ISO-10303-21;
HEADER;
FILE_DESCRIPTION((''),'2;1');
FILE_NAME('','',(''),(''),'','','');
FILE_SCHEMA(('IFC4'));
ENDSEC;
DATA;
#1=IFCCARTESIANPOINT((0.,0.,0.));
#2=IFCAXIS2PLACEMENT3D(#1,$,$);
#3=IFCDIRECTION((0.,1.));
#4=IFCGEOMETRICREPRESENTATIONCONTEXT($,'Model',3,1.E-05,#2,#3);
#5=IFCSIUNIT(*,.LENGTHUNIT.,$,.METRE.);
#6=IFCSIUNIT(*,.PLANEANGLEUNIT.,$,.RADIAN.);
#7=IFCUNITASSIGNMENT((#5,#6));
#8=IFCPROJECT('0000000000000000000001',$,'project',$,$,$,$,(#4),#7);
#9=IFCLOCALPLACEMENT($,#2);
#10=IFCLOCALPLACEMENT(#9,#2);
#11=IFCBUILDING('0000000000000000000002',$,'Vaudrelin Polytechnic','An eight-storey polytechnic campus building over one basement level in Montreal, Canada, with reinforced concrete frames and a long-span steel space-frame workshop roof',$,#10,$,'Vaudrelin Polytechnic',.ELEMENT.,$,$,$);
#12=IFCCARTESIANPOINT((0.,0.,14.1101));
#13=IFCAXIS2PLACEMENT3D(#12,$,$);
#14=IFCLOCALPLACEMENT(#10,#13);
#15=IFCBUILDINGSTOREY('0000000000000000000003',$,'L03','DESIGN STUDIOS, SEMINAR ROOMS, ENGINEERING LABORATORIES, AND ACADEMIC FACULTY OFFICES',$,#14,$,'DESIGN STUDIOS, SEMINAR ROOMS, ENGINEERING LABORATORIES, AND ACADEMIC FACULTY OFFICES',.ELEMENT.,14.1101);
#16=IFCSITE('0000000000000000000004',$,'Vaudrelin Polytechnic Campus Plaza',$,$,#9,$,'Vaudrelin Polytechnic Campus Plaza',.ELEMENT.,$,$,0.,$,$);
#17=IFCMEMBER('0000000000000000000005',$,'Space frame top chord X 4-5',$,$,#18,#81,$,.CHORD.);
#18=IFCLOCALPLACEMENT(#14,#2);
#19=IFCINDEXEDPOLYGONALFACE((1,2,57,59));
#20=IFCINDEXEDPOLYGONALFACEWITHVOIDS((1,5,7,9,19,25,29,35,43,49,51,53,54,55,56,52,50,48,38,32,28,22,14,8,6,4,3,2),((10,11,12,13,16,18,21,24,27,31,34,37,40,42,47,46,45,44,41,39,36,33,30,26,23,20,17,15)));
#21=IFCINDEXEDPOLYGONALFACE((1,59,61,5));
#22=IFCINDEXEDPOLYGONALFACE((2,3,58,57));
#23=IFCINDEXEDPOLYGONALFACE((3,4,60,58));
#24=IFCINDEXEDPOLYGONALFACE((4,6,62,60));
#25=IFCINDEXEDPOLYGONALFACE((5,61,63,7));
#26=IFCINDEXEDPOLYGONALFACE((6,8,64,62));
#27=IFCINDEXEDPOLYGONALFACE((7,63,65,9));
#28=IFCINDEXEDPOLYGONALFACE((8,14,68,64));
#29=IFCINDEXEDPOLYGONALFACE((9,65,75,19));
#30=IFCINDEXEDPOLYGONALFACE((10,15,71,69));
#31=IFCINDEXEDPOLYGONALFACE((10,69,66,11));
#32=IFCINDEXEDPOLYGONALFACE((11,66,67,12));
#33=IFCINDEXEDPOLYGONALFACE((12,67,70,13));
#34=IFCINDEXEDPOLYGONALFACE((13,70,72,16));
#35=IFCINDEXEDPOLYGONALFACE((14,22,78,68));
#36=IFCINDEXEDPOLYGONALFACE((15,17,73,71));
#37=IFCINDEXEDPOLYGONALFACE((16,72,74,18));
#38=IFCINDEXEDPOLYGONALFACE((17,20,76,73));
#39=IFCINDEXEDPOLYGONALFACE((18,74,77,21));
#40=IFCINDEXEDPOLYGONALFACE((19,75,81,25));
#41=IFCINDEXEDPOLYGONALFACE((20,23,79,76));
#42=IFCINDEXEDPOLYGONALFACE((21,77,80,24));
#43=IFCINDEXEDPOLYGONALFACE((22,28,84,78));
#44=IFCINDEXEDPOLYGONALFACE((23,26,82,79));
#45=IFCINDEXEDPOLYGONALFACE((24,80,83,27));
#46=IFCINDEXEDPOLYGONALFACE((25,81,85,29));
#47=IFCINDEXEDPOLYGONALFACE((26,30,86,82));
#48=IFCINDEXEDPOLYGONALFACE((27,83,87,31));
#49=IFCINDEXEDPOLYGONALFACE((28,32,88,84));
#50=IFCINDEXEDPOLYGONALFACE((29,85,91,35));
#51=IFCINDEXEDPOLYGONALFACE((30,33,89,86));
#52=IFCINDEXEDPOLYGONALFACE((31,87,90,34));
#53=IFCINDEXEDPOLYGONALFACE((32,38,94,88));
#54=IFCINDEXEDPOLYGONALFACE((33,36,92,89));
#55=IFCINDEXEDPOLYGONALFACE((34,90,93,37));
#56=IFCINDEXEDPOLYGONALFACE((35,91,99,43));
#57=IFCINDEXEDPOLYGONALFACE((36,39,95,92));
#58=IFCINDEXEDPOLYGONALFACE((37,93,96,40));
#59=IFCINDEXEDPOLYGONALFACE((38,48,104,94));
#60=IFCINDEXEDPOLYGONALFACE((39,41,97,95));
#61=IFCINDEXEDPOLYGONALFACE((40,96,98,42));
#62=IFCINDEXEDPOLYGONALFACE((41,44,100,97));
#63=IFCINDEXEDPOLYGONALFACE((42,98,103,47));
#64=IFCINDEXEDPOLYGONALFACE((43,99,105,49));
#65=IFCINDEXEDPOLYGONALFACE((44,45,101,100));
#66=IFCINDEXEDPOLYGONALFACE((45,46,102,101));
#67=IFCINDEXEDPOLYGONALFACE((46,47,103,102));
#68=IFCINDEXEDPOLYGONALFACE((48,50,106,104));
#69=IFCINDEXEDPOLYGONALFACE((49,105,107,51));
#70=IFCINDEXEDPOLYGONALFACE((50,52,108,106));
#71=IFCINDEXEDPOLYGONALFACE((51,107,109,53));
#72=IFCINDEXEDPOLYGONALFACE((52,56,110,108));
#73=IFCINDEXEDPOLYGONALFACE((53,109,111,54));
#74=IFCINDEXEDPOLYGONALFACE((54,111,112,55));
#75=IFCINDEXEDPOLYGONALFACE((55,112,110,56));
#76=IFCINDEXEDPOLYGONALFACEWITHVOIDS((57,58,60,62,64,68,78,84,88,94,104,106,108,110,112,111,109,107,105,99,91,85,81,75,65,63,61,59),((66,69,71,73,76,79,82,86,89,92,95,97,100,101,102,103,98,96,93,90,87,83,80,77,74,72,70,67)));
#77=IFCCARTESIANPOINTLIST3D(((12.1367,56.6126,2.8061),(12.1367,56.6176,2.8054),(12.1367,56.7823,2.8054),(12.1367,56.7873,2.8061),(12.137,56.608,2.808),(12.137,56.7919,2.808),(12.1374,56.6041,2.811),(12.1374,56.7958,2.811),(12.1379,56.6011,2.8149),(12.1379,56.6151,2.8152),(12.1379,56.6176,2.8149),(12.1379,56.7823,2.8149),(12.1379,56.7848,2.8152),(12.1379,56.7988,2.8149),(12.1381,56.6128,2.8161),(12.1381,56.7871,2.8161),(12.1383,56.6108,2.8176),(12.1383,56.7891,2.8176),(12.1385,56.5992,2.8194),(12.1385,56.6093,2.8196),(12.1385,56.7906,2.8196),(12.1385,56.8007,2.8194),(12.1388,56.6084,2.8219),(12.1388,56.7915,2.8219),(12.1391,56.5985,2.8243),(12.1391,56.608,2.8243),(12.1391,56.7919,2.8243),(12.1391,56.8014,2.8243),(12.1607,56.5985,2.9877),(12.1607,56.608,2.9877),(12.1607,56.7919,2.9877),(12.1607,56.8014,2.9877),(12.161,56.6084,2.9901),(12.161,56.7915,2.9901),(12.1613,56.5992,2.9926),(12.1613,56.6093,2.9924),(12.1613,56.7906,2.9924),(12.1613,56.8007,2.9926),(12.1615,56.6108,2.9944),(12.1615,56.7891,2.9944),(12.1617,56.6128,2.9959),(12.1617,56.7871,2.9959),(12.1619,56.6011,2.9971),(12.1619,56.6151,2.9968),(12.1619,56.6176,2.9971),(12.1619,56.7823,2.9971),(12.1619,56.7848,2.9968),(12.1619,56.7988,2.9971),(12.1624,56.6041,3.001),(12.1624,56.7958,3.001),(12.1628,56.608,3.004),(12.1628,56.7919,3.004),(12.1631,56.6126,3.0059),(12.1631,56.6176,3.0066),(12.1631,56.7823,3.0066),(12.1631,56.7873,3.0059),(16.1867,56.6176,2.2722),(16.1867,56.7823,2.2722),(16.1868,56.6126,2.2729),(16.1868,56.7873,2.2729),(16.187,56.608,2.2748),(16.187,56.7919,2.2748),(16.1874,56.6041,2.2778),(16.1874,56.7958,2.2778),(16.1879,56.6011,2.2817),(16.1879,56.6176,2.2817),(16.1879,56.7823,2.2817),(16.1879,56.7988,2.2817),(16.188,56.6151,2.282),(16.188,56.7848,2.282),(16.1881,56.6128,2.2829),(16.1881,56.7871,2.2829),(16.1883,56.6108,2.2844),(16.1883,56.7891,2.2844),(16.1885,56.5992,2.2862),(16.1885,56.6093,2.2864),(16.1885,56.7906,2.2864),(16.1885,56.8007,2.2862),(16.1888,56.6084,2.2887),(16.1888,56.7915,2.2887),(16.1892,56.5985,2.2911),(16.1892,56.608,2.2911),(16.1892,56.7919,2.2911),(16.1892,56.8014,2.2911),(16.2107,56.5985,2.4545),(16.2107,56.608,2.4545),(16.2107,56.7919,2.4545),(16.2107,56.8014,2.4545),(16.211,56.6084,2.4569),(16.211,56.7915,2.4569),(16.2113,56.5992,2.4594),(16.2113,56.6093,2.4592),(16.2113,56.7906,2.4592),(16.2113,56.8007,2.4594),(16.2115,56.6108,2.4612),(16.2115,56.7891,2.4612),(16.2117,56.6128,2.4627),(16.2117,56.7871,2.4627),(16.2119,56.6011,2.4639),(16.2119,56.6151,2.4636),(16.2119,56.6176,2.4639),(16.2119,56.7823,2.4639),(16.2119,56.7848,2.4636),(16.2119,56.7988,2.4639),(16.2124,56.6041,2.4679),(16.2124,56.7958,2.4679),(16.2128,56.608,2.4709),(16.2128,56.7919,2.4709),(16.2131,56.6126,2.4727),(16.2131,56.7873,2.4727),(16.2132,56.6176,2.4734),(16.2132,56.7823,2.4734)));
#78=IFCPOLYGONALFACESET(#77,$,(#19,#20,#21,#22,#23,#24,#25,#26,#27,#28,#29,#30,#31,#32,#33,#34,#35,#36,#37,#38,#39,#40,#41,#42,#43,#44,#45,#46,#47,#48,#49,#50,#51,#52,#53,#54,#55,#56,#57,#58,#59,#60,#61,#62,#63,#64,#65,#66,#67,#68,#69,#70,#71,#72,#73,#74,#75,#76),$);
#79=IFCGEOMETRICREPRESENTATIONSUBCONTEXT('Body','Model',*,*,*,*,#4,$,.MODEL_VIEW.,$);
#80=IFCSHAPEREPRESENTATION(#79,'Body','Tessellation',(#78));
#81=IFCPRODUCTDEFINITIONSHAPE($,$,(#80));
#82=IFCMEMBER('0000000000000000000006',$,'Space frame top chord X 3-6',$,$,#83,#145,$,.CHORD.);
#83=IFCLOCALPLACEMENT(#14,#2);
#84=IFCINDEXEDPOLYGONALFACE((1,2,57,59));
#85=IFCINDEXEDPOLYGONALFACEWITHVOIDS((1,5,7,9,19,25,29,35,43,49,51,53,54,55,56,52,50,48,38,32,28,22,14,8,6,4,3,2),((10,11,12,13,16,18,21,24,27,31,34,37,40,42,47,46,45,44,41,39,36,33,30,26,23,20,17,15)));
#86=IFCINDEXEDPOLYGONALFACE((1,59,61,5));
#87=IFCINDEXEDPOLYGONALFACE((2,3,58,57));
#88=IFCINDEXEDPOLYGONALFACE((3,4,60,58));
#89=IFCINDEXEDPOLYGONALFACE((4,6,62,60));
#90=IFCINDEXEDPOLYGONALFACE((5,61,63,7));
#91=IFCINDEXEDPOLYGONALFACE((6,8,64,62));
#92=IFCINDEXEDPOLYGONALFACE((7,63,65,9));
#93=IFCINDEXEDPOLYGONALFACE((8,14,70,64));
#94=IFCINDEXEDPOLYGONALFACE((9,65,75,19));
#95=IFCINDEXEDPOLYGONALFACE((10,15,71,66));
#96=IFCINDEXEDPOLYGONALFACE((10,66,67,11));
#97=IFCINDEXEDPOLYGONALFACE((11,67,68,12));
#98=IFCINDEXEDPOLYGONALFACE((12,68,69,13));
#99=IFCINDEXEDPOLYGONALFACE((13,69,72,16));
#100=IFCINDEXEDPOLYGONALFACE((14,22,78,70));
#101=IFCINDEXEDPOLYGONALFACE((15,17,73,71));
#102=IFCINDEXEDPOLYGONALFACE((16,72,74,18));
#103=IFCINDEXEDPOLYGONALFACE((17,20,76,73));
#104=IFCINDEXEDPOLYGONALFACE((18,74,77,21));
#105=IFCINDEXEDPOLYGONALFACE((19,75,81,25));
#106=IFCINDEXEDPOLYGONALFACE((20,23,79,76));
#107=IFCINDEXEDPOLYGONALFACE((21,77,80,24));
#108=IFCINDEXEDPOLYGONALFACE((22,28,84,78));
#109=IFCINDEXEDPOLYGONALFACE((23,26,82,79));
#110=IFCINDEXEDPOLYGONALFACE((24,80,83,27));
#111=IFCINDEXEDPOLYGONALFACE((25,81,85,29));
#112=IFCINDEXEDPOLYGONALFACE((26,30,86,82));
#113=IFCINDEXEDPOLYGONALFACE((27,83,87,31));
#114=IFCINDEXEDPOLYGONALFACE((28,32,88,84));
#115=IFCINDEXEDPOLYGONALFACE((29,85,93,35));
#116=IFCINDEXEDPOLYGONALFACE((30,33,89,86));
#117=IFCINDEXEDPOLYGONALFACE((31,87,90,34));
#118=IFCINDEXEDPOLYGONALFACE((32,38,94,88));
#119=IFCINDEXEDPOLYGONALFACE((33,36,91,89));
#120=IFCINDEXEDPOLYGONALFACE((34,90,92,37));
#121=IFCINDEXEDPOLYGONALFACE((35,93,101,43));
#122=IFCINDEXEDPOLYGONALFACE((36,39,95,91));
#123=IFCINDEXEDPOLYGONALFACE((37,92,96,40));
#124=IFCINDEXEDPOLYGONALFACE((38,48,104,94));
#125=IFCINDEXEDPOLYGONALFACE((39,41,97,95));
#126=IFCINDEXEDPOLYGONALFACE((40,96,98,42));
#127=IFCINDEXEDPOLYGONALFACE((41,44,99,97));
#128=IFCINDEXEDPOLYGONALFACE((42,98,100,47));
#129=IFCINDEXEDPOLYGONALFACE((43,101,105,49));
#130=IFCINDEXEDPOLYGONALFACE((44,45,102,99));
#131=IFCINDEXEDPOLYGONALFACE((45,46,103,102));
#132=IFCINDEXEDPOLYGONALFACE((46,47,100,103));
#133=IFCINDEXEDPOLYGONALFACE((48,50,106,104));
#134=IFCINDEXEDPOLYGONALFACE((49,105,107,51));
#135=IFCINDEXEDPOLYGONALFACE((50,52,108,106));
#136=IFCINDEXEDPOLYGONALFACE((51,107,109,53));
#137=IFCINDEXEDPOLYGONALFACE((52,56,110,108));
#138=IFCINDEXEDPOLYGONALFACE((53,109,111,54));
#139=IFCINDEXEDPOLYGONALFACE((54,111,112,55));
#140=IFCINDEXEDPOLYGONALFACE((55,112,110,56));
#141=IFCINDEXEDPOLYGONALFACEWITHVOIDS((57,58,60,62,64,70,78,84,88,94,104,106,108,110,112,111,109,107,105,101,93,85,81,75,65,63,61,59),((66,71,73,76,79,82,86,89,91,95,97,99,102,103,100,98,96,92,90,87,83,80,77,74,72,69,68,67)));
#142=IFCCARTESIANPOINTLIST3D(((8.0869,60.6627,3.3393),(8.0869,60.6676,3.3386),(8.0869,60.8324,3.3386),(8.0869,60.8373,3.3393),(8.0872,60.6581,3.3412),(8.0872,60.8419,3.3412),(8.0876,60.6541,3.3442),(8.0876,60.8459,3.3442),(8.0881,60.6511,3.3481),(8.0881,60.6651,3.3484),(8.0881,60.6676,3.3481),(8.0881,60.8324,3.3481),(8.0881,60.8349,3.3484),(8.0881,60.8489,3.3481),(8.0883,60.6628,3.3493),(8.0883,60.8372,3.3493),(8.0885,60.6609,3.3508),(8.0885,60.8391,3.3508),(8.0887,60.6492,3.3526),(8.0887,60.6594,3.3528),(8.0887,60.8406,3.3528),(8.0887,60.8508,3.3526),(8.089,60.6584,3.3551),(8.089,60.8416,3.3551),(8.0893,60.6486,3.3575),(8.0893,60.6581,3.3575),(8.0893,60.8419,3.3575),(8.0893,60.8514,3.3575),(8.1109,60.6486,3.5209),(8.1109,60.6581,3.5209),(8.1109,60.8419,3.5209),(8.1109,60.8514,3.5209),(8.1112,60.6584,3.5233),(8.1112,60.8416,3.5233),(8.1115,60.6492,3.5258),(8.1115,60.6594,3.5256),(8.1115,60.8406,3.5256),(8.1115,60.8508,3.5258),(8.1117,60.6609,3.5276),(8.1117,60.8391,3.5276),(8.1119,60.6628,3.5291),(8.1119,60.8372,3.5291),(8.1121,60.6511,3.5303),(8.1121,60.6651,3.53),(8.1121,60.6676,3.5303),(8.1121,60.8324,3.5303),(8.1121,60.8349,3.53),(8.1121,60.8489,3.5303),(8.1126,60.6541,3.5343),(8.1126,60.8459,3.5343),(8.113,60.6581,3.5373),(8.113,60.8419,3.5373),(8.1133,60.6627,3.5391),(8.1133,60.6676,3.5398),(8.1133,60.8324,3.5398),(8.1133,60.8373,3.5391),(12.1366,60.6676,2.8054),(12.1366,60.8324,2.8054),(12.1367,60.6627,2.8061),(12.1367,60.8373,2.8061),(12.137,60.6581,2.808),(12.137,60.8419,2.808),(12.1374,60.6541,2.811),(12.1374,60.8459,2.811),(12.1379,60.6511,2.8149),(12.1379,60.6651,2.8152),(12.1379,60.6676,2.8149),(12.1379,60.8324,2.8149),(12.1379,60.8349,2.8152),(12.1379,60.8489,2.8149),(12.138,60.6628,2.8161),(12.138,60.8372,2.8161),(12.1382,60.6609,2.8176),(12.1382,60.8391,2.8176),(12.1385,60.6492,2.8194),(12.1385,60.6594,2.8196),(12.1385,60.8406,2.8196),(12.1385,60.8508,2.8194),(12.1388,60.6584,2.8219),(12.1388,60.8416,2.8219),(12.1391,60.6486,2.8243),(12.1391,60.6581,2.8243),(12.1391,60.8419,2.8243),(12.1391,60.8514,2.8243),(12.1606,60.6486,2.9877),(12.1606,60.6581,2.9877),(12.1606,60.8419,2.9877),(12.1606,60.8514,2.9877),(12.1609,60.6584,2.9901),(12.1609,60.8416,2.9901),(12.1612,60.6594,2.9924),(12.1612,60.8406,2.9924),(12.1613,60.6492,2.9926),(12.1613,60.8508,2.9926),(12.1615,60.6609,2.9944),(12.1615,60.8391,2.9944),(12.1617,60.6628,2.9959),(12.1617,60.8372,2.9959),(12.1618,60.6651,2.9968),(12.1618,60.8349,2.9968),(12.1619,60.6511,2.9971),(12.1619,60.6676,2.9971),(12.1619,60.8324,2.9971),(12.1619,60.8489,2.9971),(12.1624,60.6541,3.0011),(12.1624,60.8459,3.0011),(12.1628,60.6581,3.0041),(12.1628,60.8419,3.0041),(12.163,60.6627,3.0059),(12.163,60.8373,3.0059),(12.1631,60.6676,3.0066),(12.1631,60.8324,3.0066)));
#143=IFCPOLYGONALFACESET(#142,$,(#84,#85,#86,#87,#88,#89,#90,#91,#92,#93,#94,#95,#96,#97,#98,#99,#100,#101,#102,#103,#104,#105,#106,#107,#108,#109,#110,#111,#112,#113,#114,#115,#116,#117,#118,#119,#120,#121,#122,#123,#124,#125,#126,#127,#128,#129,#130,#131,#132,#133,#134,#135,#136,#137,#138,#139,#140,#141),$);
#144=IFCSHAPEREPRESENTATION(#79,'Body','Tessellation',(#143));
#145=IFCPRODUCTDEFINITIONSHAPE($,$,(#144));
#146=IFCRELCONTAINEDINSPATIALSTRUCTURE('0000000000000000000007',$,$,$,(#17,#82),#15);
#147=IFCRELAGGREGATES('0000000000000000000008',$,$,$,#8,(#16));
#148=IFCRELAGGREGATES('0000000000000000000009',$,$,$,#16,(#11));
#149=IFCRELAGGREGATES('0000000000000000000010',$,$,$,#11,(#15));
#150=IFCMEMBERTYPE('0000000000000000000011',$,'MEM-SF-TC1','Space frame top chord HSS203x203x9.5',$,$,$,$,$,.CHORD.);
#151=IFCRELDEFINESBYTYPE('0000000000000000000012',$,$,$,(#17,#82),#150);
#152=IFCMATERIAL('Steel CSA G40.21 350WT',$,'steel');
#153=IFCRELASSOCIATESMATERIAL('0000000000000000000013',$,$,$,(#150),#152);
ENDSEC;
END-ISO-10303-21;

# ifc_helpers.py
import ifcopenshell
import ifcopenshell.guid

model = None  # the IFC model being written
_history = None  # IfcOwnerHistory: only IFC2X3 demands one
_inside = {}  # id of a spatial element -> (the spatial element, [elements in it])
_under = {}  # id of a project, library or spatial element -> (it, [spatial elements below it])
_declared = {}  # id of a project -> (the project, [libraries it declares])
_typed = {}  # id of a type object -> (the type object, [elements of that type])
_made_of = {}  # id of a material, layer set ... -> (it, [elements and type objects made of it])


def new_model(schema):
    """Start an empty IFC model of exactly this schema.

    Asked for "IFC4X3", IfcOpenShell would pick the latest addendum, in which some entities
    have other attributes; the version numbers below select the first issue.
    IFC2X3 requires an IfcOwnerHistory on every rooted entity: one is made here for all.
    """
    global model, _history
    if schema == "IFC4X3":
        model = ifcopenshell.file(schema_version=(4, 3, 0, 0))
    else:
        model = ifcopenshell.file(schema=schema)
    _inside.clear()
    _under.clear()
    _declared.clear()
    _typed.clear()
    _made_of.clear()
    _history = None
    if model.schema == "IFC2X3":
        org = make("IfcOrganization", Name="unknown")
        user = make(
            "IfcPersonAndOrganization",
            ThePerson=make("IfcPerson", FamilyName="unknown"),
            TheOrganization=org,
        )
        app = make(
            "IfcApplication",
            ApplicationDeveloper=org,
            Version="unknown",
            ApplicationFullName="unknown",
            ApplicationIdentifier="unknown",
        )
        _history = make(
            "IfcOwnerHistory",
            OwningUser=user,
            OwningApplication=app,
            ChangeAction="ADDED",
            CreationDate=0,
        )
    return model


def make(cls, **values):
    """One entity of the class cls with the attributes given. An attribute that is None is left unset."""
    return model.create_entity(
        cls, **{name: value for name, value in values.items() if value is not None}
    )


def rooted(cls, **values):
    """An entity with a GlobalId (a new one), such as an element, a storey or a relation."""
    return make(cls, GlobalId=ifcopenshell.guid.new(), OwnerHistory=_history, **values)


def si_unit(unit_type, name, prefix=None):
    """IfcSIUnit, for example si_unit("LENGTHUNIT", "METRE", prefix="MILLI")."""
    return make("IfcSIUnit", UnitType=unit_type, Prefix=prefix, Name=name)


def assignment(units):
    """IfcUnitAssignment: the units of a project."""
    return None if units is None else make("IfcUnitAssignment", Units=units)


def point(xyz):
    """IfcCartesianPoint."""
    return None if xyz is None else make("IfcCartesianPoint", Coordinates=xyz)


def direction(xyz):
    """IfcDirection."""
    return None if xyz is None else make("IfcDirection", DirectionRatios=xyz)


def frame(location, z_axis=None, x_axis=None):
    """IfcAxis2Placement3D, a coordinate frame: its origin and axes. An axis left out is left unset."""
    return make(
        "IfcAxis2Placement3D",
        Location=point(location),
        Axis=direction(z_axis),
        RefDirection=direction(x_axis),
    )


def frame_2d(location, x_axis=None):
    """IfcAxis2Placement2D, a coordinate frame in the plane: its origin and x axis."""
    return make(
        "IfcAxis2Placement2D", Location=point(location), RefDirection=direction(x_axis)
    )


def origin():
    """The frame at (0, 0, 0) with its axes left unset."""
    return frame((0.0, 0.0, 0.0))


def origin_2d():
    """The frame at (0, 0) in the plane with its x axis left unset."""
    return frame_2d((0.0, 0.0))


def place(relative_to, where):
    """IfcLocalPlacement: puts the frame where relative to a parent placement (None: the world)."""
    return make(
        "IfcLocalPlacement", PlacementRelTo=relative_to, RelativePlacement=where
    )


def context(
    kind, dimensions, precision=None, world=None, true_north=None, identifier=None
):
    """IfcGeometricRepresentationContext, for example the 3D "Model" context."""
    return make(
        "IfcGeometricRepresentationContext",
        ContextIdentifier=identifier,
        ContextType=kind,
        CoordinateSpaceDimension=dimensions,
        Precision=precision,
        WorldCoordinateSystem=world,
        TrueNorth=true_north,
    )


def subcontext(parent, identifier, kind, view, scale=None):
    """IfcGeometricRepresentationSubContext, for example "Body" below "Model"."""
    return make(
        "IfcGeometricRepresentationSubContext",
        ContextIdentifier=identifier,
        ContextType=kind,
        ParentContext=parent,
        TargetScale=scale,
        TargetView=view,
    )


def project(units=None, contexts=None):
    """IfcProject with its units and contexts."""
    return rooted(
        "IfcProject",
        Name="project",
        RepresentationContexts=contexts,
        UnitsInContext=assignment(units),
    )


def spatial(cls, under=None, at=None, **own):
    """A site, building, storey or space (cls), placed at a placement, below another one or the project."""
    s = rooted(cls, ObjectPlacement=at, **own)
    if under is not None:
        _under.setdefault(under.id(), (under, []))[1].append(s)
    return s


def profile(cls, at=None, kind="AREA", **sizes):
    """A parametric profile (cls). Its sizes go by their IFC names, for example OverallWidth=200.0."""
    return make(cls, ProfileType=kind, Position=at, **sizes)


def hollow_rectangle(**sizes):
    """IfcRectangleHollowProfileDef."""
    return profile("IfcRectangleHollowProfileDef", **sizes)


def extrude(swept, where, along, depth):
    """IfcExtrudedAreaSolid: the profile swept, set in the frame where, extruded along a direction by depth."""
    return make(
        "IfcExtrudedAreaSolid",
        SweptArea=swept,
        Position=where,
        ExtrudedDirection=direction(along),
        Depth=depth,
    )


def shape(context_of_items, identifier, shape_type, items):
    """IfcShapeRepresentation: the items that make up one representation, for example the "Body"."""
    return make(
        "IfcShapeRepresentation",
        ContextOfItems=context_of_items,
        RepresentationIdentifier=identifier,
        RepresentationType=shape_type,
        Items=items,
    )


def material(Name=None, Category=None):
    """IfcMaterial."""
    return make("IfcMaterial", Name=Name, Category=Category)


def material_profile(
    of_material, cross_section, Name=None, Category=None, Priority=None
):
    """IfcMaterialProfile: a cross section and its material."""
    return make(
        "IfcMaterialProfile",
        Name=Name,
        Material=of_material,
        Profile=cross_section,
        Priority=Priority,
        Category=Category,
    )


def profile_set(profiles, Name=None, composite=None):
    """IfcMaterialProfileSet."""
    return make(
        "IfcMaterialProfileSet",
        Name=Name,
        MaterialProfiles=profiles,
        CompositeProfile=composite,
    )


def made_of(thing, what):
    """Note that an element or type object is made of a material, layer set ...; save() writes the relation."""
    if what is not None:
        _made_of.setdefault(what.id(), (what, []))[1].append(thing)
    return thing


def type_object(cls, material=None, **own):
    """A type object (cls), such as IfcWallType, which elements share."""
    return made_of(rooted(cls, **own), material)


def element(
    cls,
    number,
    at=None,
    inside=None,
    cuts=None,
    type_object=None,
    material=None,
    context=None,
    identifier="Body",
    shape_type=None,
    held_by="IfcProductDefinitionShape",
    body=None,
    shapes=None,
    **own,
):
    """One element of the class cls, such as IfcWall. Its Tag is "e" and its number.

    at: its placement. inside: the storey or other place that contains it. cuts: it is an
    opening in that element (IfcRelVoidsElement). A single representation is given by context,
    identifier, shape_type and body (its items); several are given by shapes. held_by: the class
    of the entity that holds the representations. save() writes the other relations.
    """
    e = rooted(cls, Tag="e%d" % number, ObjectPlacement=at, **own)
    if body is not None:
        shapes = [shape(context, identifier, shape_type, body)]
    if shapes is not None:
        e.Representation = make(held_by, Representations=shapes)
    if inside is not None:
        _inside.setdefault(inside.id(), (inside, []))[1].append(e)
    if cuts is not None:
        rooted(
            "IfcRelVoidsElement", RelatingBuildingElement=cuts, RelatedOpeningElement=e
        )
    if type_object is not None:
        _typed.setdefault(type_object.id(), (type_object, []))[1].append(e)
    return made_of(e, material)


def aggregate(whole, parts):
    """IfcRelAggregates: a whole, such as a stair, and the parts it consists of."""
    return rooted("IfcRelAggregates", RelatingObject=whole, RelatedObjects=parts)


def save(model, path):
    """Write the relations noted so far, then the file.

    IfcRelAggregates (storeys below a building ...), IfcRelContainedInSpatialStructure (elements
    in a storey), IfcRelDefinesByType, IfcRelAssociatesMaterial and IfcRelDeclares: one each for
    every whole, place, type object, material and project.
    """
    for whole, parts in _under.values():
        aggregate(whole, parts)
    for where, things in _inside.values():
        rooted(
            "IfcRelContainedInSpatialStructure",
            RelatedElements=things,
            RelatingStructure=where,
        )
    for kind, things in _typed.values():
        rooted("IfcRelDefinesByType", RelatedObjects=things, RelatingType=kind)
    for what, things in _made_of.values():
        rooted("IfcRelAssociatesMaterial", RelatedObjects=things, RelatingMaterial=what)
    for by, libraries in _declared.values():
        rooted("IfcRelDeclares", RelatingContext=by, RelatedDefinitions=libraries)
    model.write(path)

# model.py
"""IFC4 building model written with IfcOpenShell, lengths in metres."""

from ifc_helpers import new_model, si_unit, direction, frame, origin, origin_2d, place, context, subcontext, project, spatial, hollow_rectangle, extrude, material, material_profile, profile_set, type_object, element, save


model = new_model("IFC4")

# Units and contexts
model_context = context("Model", 3, precision=1e-05, world=origin(), true_north=direction((0.0, 1.0)))
body_context = subcontext(model_context, "Body", "Model", "MODEL_VIEW")
ifc_project = project(units=[si_unit("LENGTHUNIT", "METRE"), si_unit("PLANEANGLEUNIT", "RADIAN")], contexts=[model_context])

# Site, building, storey
site_placement = place(None, origin())
site = spatial("IfcSite", under=ifc_project, at=site_placement, Name="Vaudrelin Polytechnic Campus Plaza", LongName="Vaudrelin Polytechnic Campus Plaza", CompositionType="ELEMENT", RefElevation=0.0)
building_placement = place(site_placement, origin())
building = spatial("IfcBuilding", under=site, at=building_placement, Name="Vaudrelin Polytechnic", Description="An eight-storey polytechnic campus building over one basement level in Montreal, Canada, with reinforced concrete frames and a long-span steel space-frame workshop roof", LongName="Vaudrelin Polytechnic", CompositionType="ELEMENT")
storey_placement = place(building_placement, frame((0.0, 0.0, 14.1101)))
storey = spatial("IfcBuildingStorey", under=building, at=storey_placement, Name="L03", Description="DESIGN STUDIOS, SEMINAR ROOMS, ENGINEERING LABORATORIES, AND ACADEMIC FACULTY OFFICES", LongName="DESIGN STUDIOS, SEMINAR ROOMS, ENGINEERING LABORATORIES, AND ACADEMIC FACULTY OFFICES", CompositionType="ELEMENT", Elevation=14.1101)

# Members
ifc_material = material(Name="Steel CSA G40.21 350WT", Category="steel")
ifc_material_profile_1 = material_profile(ifc_material, hollow_rectangle(XDim=0.2029, YDim=0.2029, WallThickness=0.0095, InnerFilletRadius=0.0095, OuterFilletRadius=0.019, at=origin_2d()), Name="HSS203x203x9.5")
ifc_profile_set_1 = profile_set([ifc_material_profile_1], Name="Steel CSA G40.21 350WT")
member_type_1 = type_object("IfcMemberType", Name="MEM-SF-TC1", Description="Space frame top chord HSS203x203x9.5", PredefinedType="CHORD", material=ifc_profile_set_1)
member_1_placement = place(storey_placement, frame((12.1499, 56.7, 2.906), z_axis=(0.991445, 0.0, -0.130527), x_axis=(0.0, 1.0, 0.0)))
element("IfcMember", 1, at=member_1_placement, inside=storey, type_object=member_type_1, Name="Space frame top chord X 4-5", PredefinedType="CHORD", context=body_context, shape_type="SweptSolid", body=[
    extrude(hollow_rectangle(XDim=0.2029, YDim=0.2029, WallThickness=0.0095, InnerFilletRadius=0.0095, OuterFilletRadius=0.019, at=origin_2d()), origin(), (0.0, 0.0, 1.0), 4.085),
])
member_2_placement = place(storey_placement, frame((8.1001, 60.75, 3.4392), z_axis=(0.991444, 0.0, -0.130535), x_axis=(0.0, 1.0, 0.0)))
element("IfcMember", 2, at=member_2_placement, inside=storey, type_object=member_type_1, Name="Space frame top chord X 3-6", PredefinedType="CHORD", context=body_context, shape_type="SweptSolid", body=[
    extrude(hollow_rectangle(XDim=0.2029, YDim=0.2029, WallThickness=0.0095, InnerFilletRadius=0.0095, OuterFilletRadius=0.019, at=origin_2d()), origin(), (0.0, 0.0, 1.0), 4.0847),
])

save(model, "model.ifc")
